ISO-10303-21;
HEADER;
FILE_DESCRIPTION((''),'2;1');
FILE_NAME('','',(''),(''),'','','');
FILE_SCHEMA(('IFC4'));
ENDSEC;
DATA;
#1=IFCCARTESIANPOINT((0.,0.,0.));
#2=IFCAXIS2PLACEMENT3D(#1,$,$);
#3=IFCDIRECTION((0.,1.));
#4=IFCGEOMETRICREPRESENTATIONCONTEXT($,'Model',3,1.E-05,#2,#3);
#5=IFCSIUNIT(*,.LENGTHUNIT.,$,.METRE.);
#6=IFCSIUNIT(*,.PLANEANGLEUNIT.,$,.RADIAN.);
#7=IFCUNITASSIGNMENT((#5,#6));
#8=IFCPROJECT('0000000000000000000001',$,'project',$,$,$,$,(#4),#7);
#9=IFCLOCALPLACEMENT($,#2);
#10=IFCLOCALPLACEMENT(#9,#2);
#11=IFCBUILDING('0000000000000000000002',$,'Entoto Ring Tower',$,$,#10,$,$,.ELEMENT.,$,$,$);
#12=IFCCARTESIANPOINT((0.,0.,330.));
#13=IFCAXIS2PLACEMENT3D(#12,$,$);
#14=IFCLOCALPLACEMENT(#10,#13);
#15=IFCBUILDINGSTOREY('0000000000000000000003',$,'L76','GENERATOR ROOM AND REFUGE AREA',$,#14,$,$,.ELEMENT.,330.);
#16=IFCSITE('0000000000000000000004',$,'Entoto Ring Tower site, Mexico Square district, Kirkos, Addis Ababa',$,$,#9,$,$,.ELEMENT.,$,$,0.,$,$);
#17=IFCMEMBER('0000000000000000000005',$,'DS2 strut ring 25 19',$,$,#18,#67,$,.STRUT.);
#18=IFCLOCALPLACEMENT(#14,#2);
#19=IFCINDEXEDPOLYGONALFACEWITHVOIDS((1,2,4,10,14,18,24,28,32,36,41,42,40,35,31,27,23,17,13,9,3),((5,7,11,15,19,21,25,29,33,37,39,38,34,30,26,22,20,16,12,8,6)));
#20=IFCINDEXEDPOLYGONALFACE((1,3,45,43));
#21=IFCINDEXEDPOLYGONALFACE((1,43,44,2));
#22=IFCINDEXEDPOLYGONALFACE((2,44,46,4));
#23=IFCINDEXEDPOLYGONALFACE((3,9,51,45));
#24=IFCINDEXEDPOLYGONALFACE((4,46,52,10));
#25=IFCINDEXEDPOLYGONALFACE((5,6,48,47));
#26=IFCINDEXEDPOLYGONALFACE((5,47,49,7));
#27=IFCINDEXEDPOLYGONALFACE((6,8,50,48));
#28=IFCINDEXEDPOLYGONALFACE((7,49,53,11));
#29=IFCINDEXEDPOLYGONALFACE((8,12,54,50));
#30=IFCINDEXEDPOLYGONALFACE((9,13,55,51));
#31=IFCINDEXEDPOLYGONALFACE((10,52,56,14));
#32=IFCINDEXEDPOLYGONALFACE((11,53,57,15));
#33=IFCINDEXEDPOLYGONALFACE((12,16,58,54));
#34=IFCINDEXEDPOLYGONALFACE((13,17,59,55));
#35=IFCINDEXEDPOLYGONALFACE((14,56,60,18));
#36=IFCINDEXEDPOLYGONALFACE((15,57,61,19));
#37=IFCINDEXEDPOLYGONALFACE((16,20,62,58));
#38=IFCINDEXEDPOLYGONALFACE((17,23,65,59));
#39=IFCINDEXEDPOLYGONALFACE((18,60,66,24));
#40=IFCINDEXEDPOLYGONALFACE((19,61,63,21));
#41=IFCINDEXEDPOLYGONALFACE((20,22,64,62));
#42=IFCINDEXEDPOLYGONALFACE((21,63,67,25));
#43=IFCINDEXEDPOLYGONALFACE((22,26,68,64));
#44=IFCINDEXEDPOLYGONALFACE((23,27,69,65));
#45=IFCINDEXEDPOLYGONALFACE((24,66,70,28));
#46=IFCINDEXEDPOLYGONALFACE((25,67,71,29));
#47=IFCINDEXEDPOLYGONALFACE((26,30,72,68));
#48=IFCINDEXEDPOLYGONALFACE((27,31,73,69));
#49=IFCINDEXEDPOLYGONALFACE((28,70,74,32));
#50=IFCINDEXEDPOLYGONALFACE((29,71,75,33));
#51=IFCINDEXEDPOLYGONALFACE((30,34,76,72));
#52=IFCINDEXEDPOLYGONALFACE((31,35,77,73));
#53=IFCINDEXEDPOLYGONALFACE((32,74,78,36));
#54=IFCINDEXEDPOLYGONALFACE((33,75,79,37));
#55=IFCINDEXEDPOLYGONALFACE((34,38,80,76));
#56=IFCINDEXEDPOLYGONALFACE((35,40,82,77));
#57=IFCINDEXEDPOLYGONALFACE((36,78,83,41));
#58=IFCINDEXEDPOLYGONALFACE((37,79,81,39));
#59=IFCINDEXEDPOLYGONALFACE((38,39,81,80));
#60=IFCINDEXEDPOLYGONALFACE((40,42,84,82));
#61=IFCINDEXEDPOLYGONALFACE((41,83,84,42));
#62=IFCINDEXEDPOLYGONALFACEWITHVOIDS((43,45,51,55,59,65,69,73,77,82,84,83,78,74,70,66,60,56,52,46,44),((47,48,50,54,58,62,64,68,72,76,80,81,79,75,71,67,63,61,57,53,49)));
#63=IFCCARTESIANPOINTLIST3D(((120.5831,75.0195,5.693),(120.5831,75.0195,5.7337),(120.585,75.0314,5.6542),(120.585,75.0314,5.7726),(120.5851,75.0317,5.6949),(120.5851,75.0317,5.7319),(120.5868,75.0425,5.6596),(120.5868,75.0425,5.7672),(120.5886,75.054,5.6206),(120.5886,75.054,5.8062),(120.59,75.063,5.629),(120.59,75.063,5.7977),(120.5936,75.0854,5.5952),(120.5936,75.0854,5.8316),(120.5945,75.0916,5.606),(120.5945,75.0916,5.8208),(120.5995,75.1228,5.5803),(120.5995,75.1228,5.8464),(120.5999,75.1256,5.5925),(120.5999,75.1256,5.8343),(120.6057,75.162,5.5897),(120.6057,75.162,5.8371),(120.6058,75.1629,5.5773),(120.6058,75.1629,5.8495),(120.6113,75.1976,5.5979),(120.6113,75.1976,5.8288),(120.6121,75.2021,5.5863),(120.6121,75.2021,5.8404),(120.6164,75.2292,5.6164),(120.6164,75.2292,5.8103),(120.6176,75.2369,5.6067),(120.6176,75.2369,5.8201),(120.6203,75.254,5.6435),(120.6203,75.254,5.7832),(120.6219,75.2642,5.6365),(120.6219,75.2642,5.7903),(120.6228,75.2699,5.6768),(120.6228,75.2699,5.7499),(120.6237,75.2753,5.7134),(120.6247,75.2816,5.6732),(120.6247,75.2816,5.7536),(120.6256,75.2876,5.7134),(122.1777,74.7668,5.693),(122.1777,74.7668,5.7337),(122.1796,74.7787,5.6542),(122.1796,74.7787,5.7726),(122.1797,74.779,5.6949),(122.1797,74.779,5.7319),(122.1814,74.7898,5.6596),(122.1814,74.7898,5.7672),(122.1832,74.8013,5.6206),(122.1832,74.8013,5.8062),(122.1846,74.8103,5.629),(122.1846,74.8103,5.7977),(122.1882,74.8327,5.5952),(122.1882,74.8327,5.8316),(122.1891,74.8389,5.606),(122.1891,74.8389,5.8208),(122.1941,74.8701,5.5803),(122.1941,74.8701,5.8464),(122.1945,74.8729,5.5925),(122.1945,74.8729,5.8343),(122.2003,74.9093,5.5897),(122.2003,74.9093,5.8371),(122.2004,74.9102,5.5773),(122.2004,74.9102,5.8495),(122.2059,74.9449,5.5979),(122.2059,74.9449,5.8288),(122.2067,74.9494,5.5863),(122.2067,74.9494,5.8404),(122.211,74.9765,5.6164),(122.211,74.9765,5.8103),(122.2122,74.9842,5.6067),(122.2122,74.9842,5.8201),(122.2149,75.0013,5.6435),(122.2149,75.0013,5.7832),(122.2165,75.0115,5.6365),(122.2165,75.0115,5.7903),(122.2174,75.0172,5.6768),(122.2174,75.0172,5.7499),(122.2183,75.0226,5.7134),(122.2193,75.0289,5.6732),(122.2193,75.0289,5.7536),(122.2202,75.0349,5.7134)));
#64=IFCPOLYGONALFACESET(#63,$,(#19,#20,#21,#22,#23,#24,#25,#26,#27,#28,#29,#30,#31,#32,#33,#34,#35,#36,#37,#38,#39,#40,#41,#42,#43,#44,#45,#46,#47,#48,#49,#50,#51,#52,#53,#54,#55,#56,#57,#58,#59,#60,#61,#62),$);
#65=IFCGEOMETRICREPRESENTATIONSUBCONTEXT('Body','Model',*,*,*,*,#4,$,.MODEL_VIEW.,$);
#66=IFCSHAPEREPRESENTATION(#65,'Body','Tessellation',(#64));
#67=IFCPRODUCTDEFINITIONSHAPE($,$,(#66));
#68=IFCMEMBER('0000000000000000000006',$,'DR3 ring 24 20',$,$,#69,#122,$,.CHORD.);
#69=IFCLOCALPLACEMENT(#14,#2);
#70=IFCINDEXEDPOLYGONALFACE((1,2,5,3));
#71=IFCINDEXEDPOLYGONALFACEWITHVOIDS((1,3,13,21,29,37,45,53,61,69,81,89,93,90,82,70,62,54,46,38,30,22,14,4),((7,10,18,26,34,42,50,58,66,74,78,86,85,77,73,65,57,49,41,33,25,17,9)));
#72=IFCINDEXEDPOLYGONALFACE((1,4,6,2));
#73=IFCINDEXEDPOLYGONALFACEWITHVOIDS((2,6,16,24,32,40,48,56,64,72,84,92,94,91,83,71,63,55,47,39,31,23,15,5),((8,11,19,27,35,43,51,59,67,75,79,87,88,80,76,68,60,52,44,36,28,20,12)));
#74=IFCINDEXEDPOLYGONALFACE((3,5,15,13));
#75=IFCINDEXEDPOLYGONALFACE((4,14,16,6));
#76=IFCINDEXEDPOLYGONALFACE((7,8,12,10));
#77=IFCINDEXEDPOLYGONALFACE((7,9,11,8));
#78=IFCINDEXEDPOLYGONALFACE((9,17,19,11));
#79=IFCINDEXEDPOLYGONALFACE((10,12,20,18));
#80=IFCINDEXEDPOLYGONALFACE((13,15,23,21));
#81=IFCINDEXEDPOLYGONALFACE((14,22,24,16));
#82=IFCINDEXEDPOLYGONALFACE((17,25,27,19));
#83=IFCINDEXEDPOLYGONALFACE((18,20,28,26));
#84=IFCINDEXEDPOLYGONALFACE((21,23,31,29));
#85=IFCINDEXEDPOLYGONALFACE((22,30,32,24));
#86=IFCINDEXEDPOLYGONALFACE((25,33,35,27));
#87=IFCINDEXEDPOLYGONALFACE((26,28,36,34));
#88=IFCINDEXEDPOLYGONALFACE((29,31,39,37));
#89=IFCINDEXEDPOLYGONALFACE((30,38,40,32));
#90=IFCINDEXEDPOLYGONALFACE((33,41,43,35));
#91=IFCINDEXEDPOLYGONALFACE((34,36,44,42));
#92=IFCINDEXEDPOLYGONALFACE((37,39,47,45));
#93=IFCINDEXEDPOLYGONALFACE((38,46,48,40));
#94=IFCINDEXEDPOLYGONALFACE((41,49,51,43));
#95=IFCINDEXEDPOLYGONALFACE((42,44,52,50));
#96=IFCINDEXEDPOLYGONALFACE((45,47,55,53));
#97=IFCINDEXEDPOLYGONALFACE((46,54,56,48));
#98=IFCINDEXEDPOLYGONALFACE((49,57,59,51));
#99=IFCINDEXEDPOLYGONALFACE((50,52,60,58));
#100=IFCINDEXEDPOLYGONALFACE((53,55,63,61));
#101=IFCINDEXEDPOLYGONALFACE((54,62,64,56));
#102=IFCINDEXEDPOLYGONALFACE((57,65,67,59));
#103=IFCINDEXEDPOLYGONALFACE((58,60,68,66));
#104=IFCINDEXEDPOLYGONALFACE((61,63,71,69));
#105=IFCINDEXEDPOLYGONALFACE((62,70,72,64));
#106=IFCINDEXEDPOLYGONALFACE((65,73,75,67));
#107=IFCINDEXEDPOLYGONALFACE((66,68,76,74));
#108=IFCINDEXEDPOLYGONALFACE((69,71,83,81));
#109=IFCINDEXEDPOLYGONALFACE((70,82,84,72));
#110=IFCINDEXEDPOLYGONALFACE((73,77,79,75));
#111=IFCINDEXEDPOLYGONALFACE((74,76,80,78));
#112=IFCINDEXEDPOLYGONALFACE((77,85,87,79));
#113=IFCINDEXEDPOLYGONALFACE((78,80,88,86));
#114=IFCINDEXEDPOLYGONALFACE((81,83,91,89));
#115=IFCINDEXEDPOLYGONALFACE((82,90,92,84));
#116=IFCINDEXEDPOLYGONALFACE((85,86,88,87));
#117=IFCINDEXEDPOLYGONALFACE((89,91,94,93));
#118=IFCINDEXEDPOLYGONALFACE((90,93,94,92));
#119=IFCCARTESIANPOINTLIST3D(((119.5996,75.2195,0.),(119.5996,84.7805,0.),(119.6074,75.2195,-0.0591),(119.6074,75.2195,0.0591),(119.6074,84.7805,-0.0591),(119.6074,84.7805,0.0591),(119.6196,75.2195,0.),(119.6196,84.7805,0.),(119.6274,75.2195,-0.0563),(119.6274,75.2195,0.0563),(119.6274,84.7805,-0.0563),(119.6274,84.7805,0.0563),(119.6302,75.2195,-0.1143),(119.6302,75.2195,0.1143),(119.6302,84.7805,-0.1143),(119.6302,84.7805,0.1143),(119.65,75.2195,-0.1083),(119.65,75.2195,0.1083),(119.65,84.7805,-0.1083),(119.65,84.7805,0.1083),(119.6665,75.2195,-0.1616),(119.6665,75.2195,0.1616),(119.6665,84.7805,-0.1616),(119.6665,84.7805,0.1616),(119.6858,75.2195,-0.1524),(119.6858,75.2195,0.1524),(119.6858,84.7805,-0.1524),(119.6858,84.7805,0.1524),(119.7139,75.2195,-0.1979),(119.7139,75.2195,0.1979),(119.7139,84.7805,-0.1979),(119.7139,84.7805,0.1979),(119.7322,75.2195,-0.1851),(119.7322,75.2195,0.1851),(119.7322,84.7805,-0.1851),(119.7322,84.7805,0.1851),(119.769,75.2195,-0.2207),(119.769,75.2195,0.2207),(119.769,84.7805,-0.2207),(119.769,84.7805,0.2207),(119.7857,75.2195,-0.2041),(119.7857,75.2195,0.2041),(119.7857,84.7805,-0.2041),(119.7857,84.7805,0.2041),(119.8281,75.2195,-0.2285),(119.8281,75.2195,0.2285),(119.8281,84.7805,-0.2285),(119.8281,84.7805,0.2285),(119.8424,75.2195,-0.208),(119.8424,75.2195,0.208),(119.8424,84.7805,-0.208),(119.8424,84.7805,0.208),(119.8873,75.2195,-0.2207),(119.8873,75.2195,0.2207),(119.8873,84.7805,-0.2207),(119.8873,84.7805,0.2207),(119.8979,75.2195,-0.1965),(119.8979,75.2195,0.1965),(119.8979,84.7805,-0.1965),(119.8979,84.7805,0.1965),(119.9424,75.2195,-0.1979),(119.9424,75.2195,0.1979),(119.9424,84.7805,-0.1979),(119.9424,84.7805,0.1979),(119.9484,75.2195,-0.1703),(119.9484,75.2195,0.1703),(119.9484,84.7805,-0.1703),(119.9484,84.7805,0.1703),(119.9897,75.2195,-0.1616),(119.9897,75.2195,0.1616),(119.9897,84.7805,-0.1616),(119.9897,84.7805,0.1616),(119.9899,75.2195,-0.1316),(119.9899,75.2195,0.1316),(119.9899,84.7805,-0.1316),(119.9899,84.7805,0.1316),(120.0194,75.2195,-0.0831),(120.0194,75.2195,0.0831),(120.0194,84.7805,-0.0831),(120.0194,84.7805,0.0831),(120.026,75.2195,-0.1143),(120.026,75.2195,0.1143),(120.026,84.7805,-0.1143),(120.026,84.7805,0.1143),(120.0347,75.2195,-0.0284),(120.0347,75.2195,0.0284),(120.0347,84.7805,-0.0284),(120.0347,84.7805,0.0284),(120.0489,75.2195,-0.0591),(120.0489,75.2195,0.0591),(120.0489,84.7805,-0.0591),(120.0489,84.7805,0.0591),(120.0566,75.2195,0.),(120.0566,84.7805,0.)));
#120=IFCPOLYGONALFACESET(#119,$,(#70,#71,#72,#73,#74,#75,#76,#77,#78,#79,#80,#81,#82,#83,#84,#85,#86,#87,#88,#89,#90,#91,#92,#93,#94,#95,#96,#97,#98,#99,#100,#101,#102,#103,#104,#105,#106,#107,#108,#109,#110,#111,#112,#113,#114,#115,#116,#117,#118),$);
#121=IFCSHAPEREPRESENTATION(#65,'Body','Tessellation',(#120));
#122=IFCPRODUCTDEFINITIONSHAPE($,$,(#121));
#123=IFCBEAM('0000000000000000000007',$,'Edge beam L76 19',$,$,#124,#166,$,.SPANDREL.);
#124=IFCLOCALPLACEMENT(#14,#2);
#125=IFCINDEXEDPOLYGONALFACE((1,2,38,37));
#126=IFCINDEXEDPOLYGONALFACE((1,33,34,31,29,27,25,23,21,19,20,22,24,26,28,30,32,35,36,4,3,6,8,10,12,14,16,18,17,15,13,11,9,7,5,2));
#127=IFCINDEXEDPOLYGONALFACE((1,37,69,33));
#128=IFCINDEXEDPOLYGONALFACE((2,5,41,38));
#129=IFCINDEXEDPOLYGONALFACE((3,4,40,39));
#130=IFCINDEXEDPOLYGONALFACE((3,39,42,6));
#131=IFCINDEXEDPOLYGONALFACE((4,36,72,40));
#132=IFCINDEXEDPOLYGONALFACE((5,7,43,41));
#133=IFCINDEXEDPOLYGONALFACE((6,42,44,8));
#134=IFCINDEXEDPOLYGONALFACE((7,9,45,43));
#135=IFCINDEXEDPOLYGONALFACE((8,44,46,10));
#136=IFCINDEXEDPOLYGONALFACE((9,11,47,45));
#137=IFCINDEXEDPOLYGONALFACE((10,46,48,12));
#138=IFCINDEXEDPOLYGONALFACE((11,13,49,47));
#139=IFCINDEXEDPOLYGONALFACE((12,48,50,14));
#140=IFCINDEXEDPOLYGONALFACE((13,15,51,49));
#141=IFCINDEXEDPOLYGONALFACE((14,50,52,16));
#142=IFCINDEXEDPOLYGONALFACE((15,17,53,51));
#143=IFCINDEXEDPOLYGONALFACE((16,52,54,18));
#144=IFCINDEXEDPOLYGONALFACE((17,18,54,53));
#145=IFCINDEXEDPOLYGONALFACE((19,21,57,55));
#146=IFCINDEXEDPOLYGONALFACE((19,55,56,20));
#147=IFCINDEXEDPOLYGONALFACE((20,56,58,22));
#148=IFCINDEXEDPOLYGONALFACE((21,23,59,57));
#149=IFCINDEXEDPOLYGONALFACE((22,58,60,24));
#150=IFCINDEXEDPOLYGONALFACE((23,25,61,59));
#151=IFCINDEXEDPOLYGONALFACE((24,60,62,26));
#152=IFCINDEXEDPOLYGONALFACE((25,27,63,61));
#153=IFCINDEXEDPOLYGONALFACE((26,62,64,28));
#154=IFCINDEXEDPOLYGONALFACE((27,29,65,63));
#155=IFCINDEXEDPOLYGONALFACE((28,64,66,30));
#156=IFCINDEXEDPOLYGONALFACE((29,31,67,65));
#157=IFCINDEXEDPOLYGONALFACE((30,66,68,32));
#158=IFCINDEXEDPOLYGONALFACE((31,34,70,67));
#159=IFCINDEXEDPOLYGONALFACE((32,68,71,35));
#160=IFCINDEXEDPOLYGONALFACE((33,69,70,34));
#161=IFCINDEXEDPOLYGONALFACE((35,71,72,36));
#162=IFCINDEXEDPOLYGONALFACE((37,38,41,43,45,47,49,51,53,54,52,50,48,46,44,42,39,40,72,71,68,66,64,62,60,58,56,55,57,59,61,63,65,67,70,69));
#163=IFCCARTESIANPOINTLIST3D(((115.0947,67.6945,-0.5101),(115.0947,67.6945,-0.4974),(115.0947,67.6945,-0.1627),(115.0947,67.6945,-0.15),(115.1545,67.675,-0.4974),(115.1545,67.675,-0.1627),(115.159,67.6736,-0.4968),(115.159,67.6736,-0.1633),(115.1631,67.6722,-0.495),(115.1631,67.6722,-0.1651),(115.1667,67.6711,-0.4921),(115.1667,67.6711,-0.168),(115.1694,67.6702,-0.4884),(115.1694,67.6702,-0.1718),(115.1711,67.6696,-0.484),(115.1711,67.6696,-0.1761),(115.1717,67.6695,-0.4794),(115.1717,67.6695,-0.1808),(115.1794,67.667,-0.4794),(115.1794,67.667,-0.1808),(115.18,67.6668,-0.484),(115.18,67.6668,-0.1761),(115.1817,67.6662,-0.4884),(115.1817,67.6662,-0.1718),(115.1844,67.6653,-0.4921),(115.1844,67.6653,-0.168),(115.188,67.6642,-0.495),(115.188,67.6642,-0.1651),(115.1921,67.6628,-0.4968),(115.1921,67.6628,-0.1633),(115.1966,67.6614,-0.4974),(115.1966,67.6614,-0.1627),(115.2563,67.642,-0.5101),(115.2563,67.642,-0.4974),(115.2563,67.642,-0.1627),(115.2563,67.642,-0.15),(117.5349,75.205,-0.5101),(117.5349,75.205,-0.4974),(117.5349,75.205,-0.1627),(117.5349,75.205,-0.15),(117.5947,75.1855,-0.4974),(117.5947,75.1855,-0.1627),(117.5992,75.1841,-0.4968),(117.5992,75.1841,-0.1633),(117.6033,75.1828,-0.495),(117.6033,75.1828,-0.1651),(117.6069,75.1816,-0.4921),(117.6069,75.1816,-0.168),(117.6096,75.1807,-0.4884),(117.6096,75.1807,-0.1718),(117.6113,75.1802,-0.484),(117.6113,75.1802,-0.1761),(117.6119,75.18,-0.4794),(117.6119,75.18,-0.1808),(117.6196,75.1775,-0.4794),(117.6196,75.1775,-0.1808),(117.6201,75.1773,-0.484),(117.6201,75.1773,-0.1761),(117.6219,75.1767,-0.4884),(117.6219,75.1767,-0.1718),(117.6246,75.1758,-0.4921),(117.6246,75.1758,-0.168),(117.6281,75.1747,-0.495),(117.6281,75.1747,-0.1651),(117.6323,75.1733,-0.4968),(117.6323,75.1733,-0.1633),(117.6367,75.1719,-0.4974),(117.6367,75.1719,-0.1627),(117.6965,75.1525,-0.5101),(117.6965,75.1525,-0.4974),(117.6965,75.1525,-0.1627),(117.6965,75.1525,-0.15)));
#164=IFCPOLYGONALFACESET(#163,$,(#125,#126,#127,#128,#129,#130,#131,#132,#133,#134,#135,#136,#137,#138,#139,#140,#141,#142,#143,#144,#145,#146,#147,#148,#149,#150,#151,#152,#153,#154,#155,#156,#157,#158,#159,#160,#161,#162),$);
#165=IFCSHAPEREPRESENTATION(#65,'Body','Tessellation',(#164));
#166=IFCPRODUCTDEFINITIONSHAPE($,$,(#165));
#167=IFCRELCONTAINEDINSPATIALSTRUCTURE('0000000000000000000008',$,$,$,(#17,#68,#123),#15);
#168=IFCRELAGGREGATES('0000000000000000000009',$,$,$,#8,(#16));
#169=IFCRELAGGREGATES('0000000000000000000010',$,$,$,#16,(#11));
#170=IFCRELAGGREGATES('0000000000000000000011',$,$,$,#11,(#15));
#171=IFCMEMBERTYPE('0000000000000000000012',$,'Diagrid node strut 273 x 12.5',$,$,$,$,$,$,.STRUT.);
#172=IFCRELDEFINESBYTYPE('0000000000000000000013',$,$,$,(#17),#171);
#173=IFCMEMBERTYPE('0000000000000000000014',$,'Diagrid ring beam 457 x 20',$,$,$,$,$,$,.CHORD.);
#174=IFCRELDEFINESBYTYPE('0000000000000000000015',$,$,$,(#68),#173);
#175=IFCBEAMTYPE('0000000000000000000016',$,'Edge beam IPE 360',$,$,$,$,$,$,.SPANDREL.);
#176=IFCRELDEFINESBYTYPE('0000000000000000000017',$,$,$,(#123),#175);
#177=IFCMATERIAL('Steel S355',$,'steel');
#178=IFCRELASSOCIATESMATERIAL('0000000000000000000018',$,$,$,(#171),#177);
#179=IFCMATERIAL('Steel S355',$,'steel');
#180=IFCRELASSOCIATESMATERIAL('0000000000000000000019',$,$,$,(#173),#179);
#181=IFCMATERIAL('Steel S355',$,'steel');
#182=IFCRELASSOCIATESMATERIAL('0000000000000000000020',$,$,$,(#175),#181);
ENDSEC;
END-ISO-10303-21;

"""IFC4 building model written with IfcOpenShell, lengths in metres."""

from ifc_helpers import new_model, si_unit, direction, frame, origin, origin_2d, place, context, subcontext, project, spatial, circle, hollow_circle, i_section, extrude, material, material_profile, profile_set, type_object, element, save


model = new_model("IFC4")

# Units and contexts
model_context = context("Model", 3, precision=1e-05, world=origin(), true_north=direction((0.0, 1.0)))
body_context = subcontext(model_context, "Body", "Model", "MODEL_VIEW")
ifc_project = project(units=[si_unit("LENGTHUNIT", "METRE"), si_unit("PLANEANGLEUNIT", "RADIAN")], contexts=[model_context])

# Site, building, storey
site_placement = place(None, origin())
site = spatial("IfcSite", under=ifc_project, at=site_placement, Name="Entoto Ring Tower site, Mexico Square district, Kirkos, Addis Ababa", CompositionType="ELEMENT", RefElevation=0.0)
building_placement = place(site_placement, origin())
building = spatial("IfcBuilding", under=site, at=building_placement, Name="Entoto Ring Tower", CompositionType="ELEMENT")
storey_placement = place(building_placement, frame((0.0, 0.0, 330.0)))
storey = spatial("IfcBuildingStorey", under=building, at=storey_placement, Name="L76", Description="GENERATOR ROOM AND REFUGE AREA", CompositionType="ELEMENT", Elevation=330.0)

# Members
ifc_material_1 = material(Name="Steel S355", Category="steel")
ifc_material_profile_1 = material_profile(ifc_material_1, hollow_circle(Radius=0.1365, WallThickness=0.0125, at=origin_2d()), Name="CHS 273 x 12.5")
ifc_material_2 = material(Name="Concrete C60/75", Category="concrete")
ifc_material_profile_2 = material_profile(ifc_material_2, circle(Radius=0.124, at=origin_2d()), Name="Concrete C60/75 infill")
ifc_profile_set_1 = profile_set([ifc_material_profile_1, ifc_material_profile_2], Name="Steel S355")
member_type_1 = type_object("IfcMemberType", Name="Diagrid node strut 273 x 12.5", PredefinedType="STRUT", material=ifc_profile_set_1)
member_1_placement = place(storey_placement, frame((120.6042, 75.1528, 5.7134), z_axis=(0.987675, -0.156522, 0.0), x_axis=(0.156522, 0.987675, 0.0)))
element("IfcMember", 1, at=member_1_placement, inside=storey, type_object=member_type_1, Name="DS2 strut ring 25 19", PredefinedType="STRUT", context=body_context, shape_type="SweptSolid", body=[
    extrude(hollow_circle(Radius=0.1365, WallThickness=0.0125, at=origin_2d()), origin(), (0.0, 0.0, 1.0), 1.6145),
])
ifc_material_3 = material(Name="Steel S355", Category="steel")
ifc_material_profile_3 = material_profile(ifc_material_3, hollow_circle(Radius=0.2285, WallThickness=0.02, at=origin_2d()), Name="CHS 457 x 20")
ifc_material_4 = material(Name="Concrete C60/75", Category="concrete")
ifc_material_profile_4 = material_profile(ifc_material_4, circle(Radius=0.2085, at=origin_2d()), Name="Concrete C60/75 infill")
ifc_profile_set_2 = profile_set([ifc_material_profile_3, ifc_material_profile_4], Name="Steel S355")
member_type_2 = type_object("IfcMemberType", Name="Diagrid ring beam 457 x 20", PredefinedType="CHORD", material=ifc_profile_set_2)
member_2_placement = place(storey_placement, frame((119.8281, 75.2195, 0.0), z_axis=(0.0, 1.0, 0.0), x_axis=(-1.0, 0.0, 0.0)))
element("IfcMember", 2, at=member_2_placement, inside=storey, type_object=member_type_2, Name="DR3 ring 24 20", PredefinedType="CHORD", context=body_context, shape_type="SweptSolid", body=[
    extrude(hollow_circle(Radius=0.2285, WallThickness=0.02, at=origin_2d()), origin(), (0.0, 0.0, 1.0), 9.561),
])

# Beam
ifc_material_5 = material(Name="Steel S355", Category="steel")
ifc_material_profile_5 = material_profile(ifc_material_5, i_section(OverallWidth=0.1699, OverallDepth=0.3601, WebThickness=0.0081, FlangeThickness=0.0127, FilletRadius=0.0181, at=origin_2d()), Name="IPE 360")
ifc_profile_set_3 = profile_set([ifc_material_profile_5], Name="Steel S355")
beam_type_1 = type_object("IfcBeamType", Name="Edge beam IPE 360", PredefinedType="SPANDREL", material=ifc_profile_set_3)
for number, where, z_axis, x_axis, name in (
    (3, (115.1755, 67.6682, -0.3301), (0.309003, 0.951061, 0.0), (-0.951061, 0.309003, 0.0), "Edge beam L76 19"),
):
    element("IfcBeam", number, at=place(storey_placement, frame(where, z_axis=z_axis, x_axis=x_axis)), inside=storey, type_object=beam_type_1, Name=name, PredefinedType="SPANDREL", context=body_context, shape_type="SweptSolid", body=[
        extrude(i_section(OverallWidth=0.1699, OverallDepth=0.3601, WebThickness=0.0081, FlangeThickness=0.0127, FilletRadius=0.0181, at=origin_2d()), origin(), (0.0, 0.0, 1.0), 7.897),
    ])

save(model, "model.ifc")
